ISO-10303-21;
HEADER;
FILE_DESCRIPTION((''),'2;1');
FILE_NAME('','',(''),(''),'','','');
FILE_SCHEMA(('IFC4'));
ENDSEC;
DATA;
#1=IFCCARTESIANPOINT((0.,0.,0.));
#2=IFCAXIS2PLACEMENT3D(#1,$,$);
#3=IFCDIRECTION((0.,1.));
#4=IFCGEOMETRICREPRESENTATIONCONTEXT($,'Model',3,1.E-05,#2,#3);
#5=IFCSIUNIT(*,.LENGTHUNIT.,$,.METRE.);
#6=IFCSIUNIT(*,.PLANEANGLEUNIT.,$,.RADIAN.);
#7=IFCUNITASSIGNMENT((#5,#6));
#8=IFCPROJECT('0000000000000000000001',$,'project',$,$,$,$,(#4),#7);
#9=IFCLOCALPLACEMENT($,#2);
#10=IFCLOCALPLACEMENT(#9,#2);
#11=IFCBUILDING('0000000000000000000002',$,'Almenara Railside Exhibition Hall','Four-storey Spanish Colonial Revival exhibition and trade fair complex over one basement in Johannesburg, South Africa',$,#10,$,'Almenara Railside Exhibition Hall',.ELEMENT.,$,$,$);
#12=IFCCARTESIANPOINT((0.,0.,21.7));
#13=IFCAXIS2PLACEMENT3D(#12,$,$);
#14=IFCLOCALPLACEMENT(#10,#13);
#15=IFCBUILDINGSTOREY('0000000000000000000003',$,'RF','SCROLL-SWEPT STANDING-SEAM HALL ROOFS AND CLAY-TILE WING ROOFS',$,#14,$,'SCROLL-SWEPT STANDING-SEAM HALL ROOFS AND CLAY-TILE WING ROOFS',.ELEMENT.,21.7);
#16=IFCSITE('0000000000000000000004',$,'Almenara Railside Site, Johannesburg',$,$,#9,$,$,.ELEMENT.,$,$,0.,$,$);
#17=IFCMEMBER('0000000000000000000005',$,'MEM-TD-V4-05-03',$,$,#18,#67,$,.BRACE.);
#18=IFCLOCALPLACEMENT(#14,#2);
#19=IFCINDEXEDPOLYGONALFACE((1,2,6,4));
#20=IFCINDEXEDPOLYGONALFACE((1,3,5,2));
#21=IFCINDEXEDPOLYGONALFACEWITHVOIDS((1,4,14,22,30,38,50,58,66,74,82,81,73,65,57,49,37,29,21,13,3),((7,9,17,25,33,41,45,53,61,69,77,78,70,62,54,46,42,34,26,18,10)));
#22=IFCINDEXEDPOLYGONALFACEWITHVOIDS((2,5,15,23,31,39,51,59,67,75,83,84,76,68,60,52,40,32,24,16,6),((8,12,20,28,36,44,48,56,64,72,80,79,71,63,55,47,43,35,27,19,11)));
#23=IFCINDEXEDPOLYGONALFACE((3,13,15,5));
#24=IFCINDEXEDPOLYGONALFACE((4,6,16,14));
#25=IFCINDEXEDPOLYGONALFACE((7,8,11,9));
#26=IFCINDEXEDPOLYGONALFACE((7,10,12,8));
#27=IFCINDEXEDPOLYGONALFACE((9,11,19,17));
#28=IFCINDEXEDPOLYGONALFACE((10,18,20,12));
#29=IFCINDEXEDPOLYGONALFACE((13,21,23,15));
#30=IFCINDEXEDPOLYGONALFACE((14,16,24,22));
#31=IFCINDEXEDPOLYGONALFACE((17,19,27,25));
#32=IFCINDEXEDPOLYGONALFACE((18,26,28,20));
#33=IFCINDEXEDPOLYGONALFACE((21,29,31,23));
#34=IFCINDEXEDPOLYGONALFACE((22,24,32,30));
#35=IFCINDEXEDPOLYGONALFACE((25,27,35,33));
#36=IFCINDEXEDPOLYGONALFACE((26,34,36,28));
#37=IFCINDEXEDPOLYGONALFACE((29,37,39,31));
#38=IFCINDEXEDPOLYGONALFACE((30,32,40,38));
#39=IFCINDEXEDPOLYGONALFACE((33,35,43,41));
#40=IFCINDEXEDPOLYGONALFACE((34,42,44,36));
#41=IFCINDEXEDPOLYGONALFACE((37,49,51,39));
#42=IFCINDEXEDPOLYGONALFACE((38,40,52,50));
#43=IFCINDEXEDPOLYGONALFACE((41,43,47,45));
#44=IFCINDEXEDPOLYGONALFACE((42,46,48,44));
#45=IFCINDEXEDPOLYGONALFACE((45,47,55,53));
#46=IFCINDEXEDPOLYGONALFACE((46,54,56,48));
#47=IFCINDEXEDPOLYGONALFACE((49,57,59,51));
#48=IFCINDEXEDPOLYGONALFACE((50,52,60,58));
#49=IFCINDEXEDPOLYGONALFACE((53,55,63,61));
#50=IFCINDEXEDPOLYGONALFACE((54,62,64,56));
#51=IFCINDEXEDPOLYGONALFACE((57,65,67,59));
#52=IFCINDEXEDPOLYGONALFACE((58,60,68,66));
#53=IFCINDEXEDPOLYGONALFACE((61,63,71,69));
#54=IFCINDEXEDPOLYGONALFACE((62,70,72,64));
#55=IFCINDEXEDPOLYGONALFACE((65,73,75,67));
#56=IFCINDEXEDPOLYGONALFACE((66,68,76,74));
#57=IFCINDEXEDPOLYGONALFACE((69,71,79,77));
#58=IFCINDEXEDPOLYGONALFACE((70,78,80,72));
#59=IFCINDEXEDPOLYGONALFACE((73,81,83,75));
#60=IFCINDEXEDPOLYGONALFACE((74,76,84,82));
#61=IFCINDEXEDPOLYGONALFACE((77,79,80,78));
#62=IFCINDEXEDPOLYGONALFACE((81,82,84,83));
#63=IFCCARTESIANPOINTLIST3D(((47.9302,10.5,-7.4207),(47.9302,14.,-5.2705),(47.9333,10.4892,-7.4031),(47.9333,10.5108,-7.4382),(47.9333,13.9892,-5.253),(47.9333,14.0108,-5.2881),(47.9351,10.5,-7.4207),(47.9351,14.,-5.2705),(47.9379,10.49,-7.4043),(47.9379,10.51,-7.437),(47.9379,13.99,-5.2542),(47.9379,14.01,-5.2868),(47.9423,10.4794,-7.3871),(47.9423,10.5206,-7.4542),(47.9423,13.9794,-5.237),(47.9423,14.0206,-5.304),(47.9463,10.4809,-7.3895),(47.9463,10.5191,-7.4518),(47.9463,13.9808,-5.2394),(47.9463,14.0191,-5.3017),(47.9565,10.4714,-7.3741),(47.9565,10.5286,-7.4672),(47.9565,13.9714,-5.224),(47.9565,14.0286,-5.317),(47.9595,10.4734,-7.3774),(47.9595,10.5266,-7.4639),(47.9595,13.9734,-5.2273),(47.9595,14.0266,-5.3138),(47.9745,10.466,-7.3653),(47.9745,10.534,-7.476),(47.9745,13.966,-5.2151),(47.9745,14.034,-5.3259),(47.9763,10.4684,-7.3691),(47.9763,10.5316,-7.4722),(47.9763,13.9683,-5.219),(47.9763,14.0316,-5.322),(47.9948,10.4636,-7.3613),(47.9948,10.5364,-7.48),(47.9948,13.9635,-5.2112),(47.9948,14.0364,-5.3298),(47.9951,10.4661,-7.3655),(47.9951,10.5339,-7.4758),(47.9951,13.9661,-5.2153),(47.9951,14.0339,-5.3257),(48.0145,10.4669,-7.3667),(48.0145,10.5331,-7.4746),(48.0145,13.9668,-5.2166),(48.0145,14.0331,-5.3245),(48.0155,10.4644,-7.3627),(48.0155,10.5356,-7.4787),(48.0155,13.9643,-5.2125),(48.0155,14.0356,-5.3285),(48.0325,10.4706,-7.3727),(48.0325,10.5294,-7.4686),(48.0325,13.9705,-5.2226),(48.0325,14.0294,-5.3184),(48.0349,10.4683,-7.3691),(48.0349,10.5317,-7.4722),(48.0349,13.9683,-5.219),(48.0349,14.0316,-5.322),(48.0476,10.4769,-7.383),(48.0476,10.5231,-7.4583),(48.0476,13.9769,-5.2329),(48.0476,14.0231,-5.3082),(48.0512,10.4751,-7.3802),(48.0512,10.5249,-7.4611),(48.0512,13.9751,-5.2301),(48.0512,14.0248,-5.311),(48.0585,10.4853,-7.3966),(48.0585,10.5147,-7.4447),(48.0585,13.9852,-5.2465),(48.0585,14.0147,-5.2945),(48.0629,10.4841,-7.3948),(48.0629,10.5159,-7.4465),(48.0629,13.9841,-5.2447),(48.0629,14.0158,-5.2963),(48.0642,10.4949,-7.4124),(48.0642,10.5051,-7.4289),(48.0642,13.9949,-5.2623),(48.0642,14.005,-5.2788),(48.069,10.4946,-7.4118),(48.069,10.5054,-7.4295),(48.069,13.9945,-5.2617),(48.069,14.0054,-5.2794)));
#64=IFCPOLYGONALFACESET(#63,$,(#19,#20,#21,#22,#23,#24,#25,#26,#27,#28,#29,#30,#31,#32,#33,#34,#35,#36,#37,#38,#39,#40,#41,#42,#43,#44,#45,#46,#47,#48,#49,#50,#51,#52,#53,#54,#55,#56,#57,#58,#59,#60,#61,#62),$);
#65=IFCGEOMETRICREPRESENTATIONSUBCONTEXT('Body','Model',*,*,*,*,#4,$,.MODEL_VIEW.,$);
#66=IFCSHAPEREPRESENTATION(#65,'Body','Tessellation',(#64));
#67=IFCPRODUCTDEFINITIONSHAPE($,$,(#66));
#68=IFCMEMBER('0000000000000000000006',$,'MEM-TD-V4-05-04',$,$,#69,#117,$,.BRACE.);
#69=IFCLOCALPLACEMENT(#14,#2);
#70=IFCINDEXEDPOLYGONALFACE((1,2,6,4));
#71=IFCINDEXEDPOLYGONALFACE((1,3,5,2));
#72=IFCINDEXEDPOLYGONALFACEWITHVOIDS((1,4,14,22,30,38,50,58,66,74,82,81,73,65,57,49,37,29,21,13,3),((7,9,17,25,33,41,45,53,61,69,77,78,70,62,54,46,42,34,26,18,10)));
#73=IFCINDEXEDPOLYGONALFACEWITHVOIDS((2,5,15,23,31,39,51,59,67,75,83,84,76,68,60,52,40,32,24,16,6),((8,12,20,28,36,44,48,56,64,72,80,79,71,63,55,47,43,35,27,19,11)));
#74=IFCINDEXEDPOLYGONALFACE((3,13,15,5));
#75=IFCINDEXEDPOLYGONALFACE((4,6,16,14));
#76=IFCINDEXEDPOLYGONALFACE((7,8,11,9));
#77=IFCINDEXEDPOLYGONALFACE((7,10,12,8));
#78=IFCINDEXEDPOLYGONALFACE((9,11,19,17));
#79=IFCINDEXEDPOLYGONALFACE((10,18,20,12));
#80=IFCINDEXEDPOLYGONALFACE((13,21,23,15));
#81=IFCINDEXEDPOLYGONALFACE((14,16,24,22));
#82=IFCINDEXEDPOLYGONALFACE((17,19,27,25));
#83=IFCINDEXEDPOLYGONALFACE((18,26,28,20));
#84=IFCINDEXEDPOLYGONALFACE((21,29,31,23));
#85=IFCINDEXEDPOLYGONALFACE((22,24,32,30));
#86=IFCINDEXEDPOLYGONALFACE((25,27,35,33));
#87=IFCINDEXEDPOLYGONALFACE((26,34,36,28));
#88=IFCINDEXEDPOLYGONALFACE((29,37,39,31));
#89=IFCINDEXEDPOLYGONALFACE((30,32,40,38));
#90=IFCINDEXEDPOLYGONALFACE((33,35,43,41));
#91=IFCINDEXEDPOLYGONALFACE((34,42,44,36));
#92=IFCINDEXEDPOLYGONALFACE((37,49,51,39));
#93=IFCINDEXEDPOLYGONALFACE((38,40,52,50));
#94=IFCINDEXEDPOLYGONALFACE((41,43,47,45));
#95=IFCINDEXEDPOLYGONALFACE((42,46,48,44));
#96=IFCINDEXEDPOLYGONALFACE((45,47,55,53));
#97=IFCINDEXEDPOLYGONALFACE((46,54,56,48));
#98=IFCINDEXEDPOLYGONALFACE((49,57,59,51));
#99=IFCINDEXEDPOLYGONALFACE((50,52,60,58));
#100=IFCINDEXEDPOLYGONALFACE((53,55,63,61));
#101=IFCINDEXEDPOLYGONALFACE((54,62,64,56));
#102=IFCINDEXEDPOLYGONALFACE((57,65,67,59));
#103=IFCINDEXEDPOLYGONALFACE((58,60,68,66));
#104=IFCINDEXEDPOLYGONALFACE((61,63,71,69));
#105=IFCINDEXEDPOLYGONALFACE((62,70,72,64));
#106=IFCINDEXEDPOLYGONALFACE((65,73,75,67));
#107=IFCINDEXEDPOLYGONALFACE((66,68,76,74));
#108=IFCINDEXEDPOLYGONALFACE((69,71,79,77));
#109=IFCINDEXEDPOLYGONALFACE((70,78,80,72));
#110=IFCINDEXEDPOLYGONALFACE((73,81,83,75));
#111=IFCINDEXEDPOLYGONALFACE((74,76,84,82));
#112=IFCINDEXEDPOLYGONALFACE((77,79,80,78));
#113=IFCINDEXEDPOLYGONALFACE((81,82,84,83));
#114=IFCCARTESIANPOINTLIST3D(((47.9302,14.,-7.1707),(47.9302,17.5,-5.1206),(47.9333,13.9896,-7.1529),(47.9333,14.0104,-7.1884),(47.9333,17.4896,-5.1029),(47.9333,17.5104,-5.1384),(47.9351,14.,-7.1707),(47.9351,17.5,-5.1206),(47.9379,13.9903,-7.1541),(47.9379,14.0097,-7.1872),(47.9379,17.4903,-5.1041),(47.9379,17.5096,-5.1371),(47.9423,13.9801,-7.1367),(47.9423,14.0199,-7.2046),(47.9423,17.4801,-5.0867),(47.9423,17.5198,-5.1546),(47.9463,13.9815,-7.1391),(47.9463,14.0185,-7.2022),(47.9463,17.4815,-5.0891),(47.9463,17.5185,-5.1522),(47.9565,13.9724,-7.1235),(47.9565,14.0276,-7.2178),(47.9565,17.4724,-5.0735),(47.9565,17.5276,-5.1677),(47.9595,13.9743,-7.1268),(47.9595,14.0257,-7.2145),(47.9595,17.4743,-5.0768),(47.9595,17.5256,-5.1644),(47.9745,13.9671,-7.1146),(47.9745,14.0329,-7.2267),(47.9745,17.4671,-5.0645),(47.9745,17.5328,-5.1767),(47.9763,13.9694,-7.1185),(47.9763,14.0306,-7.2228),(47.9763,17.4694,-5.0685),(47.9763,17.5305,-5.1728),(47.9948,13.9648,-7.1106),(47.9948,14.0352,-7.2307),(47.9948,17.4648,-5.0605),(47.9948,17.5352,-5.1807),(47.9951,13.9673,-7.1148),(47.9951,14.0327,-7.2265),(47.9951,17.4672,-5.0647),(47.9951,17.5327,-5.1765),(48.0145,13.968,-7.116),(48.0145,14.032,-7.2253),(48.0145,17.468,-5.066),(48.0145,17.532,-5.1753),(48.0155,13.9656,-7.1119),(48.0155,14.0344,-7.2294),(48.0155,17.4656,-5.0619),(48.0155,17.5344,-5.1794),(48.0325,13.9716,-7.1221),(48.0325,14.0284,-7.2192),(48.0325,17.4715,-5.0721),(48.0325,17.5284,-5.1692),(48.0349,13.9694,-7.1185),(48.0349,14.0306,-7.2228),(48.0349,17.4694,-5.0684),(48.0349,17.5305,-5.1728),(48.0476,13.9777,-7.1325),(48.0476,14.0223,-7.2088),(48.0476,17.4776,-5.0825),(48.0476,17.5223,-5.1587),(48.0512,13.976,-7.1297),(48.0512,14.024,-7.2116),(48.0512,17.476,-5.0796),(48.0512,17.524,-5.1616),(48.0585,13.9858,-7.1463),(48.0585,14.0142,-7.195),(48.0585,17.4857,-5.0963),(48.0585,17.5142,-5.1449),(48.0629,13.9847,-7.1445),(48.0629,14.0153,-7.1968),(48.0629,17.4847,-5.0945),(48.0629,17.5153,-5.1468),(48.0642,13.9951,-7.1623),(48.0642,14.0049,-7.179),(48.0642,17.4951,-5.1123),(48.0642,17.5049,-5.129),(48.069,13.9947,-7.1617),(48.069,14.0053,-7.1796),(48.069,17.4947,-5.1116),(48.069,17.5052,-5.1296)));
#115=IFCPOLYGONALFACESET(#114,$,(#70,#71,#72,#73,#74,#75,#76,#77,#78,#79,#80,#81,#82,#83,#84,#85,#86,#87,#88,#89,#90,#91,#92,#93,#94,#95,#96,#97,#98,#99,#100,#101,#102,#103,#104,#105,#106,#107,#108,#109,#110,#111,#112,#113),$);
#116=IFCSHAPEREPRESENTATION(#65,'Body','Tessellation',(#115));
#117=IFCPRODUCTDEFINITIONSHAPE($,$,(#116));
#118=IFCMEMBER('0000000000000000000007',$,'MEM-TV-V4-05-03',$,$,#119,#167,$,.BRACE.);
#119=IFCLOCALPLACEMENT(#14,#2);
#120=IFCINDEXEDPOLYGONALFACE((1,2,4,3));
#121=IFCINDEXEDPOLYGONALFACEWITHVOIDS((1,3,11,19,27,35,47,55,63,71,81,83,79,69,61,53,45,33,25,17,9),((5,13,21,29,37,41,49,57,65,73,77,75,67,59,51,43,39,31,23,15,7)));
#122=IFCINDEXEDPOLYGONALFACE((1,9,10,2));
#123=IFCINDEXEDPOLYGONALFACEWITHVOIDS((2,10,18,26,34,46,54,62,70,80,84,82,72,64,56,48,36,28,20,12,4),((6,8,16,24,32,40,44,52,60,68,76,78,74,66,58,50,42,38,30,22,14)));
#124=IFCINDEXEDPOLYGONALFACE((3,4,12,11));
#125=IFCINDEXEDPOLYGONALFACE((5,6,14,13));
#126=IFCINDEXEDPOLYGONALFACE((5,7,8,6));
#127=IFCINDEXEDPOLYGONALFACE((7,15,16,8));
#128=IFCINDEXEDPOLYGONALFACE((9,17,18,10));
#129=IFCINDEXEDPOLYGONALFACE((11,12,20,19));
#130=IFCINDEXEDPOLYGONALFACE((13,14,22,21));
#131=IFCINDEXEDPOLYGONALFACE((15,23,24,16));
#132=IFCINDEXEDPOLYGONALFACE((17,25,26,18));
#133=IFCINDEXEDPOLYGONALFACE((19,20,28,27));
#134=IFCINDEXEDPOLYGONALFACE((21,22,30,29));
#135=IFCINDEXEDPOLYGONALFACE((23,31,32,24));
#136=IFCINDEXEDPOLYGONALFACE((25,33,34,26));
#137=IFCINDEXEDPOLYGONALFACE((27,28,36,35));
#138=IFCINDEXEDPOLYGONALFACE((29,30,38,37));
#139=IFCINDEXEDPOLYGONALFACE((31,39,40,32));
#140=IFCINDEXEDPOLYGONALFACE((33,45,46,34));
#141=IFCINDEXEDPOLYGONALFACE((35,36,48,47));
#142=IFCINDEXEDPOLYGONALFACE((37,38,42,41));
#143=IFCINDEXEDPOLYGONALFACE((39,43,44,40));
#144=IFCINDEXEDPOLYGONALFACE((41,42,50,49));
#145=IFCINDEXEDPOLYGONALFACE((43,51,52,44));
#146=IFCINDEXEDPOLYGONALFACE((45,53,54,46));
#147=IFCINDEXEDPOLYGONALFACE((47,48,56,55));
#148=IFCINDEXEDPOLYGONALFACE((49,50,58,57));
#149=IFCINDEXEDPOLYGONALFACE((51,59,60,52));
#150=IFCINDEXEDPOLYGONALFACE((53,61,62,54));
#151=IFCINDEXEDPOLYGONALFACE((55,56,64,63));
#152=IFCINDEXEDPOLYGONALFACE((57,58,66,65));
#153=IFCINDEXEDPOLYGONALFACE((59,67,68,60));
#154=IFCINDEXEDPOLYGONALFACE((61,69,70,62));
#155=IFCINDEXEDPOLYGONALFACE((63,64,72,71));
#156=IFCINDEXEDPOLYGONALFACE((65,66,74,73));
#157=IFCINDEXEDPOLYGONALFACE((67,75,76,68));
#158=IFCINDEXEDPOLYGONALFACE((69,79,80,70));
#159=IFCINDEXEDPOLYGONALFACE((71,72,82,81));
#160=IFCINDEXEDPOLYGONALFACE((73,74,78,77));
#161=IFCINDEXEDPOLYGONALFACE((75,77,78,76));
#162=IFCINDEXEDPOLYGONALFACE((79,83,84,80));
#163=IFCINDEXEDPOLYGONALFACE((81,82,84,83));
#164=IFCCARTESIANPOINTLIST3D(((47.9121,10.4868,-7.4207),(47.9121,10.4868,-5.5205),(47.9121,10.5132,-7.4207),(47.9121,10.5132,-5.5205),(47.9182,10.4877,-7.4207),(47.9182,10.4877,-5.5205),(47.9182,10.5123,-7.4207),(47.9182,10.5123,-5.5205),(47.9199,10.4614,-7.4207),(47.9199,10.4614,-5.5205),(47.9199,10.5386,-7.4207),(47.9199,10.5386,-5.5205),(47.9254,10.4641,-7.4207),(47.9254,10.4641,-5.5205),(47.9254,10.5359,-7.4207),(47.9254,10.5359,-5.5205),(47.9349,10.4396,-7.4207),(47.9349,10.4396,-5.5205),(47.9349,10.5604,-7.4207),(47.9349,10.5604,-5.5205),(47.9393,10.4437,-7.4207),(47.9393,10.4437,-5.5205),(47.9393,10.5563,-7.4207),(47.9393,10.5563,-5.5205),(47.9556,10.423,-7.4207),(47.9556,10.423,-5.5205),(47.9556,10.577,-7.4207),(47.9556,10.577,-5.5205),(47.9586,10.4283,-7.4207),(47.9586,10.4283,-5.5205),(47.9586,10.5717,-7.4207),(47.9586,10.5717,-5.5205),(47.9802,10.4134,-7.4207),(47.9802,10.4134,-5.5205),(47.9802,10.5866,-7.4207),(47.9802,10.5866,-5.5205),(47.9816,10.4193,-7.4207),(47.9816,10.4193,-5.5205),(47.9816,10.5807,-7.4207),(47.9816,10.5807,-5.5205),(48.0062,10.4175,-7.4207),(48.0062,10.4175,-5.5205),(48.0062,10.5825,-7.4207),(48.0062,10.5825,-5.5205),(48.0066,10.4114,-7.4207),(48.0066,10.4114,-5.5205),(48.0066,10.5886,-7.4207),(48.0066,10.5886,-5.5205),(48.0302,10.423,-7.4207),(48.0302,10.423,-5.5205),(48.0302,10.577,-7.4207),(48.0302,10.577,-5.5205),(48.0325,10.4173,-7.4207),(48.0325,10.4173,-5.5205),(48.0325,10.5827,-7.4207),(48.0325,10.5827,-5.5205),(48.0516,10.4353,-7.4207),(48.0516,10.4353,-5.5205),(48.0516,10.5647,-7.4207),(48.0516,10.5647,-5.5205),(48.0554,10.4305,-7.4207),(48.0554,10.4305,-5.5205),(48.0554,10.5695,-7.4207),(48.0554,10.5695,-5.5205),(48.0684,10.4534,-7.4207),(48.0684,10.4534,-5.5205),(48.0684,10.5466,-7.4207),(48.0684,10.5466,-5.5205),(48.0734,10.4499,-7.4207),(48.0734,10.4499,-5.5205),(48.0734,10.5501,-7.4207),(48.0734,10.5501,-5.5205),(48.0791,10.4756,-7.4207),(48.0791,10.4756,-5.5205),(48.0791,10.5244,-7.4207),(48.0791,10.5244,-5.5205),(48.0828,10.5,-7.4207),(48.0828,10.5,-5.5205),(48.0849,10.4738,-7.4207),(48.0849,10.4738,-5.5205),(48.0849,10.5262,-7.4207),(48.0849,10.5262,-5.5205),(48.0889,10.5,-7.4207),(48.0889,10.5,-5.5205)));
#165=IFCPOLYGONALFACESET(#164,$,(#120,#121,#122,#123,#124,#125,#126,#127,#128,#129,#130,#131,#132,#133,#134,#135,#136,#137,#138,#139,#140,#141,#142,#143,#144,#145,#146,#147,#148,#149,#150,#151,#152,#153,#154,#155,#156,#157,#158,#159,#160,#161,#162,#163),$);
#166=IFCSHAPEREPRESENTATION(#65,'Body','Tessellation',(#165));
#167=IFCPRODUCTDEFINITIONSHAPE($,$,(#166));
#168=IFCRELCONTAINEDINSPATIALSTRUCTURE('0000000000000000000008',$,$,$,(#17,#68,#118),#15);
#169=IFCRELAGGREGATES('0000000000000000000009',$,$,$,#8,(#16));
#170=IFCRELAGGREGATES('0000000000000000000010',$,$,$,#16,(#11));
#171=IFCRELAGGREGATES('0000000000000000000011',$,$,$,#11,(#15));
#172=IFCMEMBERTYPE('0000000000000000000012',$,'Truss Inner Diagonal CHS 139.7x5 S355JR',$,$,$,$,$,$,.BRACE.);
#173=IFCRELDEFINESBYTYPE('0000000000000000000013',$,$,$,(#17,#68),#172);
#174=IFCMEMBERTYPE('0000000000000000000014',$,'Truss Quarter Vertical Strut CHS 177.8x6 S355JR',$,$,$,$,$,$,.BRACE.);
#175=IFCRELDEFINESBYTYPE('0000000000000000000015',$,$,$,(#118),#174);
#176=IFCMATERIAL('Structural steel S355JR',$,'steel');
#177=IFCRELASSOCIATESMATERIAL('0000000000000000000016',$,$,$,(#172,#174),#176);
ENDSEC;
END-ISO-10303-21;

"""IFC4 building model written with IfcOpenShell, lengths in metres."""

from ifc_helpers import new_model, si_unit, direction, frame, origin, origin_2d, place, context, subcontext, project, spatial, hollow_circle, extrude, material, material_profile, profile_set, type_object, element, save


model = new_model("IFC4")

# Units and contexts
model_context = context("Model", 3, precision=1e-05, world=origin(), true_north=direction((0.0, 1.0)))
body_context = subcontext(model_context, "Body", "Model", "MODEL_VIEW")
ifc_project = project(units=[si_unit("LENGTHUNIT", "METRE"), si_unit("PLANEANGLEUNIT", "RADIAN")], contexts=[model_context])

# Site, building, storey
site_placement = place(None, origin())
site = spatial("IfcSite", under=ifc_project, at=site_placement, Name="Almenara Railside Site, Johannesburg", CompositionType="ELEMENT", RefElevation=0.0)
building_placement = place(site_placement, origin())
building = spatial("IfcBuilding", under=site, at=building_placement, Name="Almenara Railside Exhibition Hall", Description="Four-storey Spanish Colonial Revival exhibition and trade fair complex over one basement in Johannesburg, South Africa", LongName="Almenara Railside Exhibition Hall", CompositionType="ELEMENT")
storey_placement = place(building_placement, frame((0.0, 0.0, 21.7)))
storey = spatial("IfcBuildingStorey", under=building, at=storey_placement, Name="RF", Description="SCROLL-SWEPT STANDING-SEAM HALL ROOFS AND CLAY-TILE WING ROOFS", LongName="SCROLL-SWEPT STANDING-SEAM HALL ROOFS AND CLAY-TILE WING ROOFS", CompositionType="ELEMENT", Elevation=21.7)

# Members
ifc_material_1 = material(Name="Structural steel S355JR", Category="steel")
ifc_material_profile_1 = material_profile(ifc_material_1, hollow_circle(Radius=0.0698, WallThickness=0.0049, at=origin_2d()), Name="CHS 139.7x5")
ifc_profile_set_1 = profile_set([ifc_material_profile_1], Name="Structural steel S355JR")
member_type_1 = type_object("IfcMemberType", Name="Truss Inner Diagonal CHS 139.7x5 S355JR", PredefinedType="BRACE", material=ifc_profile_set_1)
member_1_placement = place(storey_placement, frame((48.0, 10.5, -7.4207), z_axis=(0.0, 0.85206, 0.523444), x_axis=(-1.0, 0.0, 0.0)))
element("IfcMember", 1, at=member_1_placement, inside=storey, type_object=member_type_1, Name="MEM-TD-V4-05-03", PredefinedType="BRACE", context=body_context, shape_type="SweptSolid", body=[
    extrude(hollow_circle(Radius=0.0698, WallThickness=0.0049, at=origin_2d()), origin(), (0.0, 0.0, 1.0), 4.1077),
])
member_2_placement = place(storey_placement, frame((48.0, 14.0, -7.1707), z_axis=(0.0, 0.862878, 0.505412), x_axis=(-1.0, 0.0, 0.0)))
element("IfcMember", 2, at=member_2_placement, inside=storey, type_object=member_type_1, Name="MEM-TD-V4-05-04", PredefinedType="BRACE", context=body_context, shape_type="SweptSolid", body=[
    extrude(hollow_circle(Radius=0.0698, WallThickness=0.0049, at=origin_2d()), origin(), (0.0, 0.0, 1.0), 4.0562),
])
ifc_material_profile_2 = material_profile(ifc_material_1, hollow_circle(Radius=0.0889, WallThickness=0.0061, at=origin_2d()), Name="CHS 177.8x6")
ifc_profile_set_2 = profile_set([ifc_material_profile_2], Name="Structural steel S355JR")
member_type_2 = type_object("IfcMemberType", Name="Truss Quarter Vertical Strut CHS 177.8x6 S355JR", PredefinedType="BRACE", material=ifc_profile_set_2)
member_3_placement = place(storey_placement, frame((48.0, 10.5, -7.4207), z_axis=(0.0, 0.0, 1.0), x_axis=(1.0, 0.0, 0.0)))
element("IfcMember", 3, at=member_3_placement, inside=storey, type_object=member_type_2, Name="MEM-TV-V4-05-03", PredefinedType="BRACE", context=body_context, shape_type="SweptSolid", body=[
    extrude(hollow_circle(Radius=0.0889, WallThickness=0.0061, at=origin_2d()), origin(), (0.0, 0.0, 1.0), 1.9001),
])

save(model, "model.ifc")
